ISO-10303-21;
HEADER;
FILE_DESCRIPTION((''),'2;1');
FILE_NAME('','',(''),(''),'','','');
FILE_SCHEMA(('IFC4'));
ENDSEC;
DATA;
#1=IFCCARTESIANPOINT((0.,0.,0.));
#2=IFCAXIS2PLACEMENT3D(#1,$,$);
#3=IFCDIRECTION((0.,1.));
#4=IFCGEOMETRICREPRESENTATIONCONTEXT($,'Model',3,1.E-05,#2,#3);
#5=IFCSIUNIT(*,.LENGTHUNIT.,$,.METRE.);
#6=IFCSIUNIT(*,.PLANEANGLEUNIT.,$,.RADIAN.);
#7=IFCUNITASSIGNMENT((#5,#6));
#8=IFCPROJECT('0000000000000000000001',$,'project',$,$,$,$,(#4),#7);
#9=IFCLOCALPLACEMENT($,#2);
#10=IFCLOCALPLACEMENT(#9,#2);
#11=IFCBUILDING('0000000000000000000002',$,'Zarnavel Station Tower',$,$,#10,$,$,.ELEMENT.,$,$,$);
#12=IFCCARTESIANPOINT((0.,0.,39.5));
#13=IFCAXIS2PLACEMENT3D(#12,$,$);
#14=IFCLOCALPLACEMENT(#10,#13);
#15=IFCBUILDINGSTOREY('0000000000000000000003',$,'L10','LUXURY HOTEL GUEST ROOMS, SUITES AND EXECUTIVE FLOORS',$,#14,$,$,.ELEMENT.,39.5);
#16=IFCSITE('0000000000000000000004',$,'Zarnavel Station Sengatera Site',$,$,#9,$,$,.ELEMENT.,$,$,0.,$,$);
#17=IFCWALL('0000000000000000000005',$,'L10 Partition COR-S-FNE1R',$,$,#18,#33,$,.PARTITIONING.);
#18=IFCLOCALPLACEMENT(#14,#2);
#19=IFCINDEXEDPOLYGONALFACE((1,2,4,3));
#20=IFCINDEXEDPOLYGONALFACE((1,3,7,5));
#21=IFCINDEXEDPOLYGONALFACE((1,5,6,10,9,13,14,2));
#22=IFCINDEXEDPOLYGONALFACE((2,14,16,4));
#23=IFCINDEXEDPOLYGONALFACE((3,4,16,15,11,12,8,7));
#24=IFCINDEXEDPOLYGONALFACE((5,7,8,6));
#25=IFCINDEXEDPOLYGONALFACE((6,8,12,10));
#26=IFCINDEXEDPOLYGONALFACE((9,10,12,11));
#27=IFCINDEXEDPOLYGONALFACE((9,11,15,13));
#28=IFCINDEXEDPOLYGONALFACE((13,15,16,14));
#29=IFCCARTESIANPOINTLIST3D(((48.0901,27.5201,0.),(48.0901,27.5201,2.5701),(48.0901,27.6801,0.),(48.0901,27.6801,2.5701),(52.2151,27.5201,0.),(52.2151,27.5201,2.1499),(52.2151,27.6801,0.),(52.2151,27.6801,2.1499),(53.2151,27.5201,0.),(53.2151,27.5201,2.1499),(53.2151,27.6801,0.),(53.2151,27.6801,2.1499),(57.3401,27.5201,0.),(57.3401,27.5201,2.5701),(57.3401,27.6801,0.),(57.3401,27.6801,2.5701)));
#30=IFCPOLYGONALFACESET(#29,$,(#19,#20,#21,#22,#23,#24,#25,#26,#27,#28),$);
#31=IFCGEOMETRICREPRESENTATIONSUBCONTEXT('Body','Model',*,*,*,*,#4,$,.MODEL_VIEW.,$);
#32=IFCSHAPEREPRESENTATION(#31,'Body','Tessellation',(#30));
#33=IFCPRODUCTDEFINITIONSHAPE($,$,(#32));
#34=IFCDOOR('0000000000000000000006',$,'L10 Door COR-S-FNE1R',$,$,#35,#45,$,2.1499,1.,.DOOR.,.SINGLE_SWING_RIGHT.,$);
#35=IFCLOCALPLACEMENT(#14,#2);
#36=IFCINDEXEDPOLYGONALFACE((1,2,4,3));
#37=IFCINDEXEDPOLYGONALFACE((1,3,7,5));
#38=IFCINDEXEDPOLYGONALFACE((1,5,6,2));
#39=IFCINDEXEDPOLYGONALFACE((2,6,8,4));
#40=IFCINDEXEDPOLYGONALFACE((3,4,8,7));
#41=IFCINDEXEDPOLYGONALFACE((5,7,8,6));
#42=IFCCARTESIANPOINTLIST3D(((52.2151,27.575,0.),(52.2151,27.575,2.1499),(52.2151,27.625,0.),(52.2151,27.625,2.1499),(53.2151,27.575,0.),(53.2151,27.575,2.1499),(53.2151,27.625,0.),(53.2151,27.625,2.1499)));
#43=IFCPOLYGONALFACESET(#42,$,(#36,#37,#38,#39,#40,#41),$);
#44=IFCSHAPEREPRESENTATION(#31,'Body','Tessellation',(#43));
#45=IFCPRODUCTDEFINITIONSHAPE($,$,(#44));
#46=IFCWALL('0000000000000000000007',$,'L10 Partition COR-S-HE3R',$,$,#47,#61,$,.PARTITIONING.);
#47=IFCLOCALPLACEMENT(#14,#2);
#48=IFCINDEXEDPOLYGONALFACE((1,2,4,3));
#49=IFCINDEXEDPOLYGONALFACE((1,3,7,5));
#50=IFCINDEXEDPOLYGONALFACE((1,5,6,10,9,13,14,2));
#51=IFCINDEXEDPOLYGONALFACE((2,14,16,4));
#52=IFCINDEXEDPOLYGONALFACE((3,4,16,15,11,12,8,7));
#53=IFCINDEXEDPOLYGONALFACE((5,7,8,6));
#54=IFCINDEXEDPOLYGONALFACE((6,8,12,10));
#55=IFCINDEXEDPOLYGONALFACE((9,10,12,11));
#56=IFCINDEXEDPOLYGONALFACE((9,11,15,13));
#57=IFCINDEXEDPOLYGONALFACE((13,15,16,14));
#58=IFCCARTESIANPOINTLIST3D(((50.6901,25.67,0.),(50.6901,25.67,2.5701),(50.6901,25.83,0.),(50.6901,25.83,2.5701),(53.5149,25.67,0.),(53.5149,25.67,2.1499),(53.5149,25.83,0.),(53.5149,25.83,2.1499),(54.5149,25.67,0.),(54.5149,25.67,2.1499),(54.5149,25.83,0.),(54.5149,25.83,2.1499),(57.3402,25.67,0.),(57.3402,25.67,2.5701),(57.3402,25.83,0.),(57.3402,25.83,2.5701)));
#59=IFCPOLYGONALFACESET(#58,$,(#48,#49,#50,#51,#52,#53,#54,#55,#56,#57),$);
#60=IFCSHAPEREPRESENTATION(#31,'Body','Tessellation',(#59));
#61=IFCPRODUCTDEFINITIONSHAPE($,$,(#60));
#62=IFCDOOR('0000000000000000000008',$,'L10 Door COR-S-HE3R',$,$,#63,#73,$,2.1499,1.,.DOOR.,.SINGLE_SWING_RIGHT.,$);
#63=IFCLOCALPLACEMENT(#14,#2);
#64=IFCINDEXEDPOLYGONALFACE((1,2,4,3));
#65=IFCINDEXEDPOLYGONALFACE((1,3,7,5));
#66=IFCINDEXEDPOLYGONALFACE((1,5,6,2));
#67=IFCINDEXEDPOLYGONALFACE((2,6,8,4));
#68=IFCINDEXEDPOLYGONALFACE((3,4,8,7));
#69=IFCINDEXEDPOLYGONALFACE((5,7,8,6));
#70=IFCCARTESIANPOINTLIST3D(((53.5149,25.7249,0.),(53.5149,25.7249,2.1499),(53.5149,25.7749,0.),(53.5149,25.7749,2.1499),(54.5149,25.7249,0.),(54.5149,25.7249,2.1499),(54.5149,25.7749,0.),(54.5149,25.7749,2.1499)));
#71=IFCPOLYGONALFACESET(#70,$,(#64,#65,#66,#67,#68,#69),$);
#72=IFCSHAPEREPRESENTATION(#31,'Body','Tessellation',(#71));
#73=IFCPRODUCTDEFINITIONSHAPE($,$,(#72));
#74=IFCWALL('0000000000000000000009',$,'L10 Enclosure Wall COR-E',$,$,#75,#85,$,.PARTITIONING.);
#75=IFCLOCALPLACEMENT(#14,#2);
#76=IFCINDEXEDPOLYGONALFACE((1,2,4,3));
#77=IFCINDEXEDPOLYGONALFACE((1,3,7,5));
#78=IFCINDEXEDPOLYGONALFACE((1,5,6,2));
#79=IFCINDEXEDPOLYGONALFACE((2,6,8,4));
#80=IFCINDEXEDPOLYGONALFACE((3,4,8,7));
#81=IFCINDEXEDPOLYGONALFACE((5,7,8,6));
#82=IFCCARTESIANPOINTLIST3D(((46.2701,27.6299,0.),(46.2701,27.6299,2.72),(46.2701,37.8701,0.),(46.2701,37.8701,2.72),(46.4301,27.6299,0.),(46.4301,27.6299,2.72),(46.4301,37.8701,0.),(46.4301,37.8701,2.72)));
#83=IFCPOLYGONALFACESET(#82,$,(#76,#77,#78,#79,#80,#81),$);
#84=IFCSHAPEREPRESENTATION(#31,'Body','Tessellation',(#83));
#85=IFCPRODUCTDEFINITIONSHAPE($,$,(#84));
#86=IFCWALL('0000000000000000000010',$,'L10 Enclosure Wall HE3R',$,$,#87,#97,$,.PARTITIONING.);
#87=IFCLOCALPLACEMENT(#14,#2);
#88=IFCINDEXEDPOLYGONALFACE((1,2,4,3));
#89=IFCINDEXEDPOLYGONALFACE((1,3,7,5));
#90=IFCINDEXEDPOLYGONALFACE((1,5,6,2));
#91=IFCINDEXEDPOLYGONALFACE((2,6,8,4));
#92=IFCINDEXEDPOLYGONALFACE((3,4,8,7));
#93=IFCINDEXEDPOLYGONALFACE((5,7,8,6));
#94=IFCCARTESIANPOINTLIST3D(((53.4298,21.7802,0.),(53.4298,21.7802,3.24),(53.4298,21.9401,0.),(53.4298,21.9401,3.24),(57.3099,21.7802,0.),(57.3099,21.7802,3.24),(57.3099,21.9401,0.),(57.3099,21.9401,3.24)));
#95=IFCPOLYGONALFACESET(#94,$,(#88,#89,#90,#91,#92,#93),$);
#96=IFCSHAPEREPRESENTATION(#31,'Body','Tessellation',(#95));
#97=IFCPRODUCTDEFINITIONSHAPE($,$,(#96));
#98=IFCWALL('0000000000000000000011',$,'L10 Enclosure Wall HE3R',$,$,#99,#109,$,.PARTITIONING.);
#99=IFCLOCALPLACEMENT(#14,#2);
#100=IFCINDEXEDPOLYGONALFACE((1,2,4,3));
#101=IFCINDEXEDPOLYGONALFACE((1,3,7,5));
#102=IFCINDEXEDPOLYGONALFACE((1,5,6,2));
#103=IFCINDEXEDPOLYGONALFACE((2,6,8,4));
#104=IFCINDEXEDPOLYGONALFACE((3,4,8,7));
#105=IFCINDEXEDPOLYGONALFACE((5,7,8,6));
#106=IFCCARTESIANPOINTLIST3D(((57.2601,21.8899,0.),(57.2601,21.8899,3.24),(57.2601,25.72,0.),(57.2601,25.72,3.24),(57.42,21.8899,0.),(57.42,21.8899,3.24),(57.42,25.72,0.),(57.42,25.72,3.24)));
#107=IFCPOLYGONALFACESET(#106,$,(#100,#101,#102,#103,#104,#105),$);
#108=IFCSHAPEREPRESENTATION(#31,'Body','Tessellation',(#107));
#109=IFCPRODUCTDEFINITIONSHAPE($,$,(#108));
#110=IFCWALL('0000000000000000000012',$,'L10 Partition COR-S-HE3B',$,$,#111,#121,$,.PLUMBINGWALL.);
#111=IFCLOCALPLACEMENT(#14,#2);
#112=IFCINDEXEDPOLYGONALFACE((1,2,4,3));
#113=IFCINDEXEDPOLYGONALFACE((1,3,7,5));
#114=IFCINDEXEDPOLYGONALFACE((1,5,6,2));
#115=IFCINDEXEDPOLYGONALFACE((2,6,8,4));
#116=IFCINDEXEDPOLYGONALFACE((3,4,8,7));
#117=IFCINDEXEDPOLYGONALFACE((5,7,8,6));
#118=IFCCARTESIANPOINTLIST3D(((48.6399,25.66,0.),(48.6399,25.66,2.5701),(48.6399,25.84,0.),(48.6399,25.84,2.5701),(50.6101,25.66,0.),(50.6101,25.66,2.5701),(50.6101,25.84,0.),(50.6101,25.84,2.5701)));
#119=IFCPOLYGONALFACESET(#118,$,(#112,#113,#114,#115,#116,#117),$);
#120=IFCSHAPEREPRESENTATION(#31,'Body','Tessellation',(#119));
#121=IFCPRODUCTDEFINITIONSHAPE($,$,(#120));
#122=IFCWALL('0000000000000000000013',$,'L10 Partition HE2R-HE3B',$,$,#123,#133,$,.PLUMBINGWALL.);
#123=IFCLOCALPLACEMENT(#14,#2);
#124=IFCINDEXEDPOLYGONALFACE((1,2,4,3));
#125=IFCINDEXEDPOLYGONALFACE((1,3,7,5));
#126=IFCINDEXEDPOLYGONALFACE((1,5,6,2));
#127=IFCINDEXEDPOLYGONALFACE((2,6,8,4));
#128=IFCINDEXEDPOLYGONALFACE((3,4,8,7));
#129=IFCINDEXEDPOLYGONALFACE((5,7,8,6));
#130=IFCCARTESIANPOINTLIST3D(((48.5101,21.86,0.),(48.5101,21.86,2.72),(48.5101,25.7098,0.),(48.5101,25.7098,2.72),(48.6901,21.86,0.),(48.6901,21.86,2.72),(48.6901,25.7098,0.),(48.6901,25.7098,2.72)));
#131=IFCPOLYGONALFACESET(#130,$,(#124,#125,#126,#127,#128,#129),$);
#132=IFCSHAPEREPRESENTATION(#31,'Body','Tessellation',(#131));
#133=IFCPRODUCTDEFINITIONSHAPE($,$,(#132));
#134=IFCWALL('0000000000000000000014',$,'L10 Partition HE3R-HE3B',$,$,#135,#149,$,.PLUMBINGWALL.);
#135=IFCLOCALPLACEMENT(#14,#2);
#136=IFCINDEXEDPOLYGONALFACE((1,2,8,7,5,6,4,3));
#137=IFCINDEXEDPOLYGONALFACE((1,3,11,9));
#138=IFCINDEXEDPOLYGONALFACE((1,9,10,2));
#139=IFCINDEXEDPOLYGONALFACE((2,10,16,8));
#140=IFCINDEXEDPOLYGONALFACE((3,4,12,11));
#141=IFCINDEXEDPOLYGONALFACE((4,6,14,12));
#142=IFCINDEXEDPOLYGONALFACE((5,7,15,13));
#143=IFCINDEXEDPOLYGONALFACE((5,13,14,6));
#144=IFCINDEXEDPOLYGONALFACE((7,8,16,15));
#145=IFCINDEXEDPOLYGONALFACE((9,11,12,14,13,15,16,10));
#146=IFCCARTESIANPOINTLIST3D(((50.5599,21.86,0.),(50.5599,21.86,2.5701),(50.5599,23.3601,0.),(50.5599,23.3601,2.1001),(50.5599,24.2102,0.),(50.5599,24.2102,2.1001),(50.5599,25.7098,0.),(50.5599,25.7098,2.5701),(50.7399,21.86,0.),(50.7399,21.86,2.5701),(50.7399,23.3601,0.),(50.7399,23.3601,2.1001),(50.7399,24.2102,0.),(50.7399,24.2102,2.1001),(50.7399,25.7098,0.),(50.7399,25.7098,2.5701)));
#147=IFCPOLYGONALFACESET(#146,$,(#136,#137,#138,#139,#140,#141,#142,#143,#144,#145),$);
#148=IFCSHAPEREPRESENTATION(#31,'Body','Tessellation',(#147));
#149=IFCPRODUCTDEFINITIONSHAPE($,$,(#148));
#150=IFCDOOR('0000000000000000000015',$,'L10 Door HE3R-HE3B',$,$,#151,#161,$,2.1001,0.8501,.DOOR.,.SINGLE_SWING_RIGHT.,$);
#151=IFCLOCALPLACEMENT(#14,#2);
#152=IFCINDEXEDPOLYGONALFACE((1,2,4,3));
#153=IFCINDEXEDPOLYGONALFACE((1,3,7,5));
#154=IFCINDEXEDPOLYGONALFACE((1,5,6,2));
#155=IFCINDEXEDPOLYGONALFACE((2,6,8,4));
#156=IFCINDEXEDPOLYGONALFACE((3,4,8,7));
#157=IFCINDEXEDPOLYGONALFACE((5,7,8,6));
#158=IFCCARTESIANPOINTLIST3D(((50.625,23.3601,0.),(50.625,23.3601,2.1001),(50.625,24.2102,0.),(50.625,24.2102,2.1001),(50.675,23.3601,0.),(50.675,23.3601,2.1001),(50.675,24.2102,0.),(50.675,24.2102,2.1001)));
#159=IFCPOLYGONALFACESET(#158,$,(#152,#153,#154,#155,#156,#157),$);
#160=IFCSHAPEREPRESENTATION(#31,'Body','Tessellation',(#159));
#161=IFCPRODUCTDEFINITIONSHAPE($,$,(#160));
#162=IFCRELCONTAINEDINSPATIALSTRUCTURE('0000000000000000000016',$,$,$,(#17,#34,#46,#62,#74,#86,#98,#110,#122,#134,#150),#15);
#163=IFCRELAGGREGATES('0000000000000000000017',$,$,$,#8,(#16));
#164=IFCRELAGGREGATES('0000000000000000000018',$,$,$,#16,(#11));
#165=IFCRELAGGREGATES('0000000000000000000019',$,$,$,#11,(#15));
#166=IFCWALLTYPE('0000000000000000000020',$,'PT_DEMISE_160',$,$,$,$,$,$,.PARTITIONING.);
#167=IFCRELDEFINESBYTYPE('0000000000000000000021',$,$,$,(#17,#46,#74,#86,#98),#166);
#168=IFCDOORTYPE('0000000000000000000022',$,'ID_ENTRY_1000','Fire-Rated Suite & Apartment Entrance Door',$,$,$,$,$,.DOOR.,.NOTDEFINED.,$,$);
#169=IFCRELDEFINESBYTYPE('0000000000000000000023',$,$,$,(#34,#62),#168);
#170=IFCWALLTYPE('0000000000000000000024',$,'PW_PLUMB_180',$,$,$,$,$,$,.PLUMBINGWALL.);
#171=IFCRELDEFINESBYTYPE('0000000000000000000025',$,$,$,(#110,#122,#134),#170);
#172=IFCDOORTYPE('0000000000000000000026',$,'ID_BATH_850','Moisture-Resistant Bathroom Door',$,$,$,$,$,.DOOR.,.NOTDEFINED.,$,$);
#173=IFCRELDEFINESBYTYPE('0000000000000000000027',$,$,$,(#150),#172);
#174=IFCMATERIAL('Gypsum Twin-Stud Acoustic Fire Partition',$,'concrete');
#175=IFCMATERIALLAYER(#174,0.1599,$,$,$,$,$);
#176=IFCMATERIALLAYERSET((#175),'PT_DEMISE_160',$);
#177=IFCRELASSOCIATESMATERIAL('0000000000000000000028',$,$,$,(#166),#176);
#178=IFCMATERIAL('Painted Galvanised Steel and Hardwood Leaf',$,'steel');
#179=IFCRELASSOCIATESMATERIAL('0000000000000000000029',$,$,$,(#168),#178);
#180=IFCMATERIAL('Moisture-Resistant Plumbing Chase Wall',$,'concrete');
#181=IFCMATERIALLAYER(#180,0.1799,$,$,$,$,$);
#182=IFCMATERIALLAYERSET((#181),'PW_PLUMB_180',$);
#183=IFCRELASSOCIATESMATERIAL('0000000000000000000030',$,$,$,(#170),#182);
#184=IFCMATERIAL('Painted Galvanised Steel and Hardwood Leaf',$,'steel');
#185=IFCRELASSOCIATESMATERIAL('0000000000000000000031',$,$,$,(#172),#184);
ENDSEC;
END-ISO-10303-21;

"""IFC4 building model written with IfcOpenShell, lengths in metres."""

from ifc_helpers import new_model, si_unit, direction, frame, frame_2d, origin, place, context, subcontext, project, spatial, rectangle, extrude, material, layer, layer_set, type_object, element, fill, save


model = new_model("IFC4")

# Units and contexts
model_context = context("Model", 3, precision=1e-05, world=origin(), true_north=direction((0.0, 1.0)))
body_context = subcontext(model_context, "Body", "Model", "MODEL_VIEW")
ifc_project = project(units=[si_unit("LENGTHUNIT", "METRE"), si_unit("PLANEANGLEUNIT", "RADIAN")], contexts=[model_context])

# Site, building, storey
site_placement = place(None, origin())
site = spatial("IfcSite", under=ifc_project, at=site_placement, Name="Zarnavel Station Sengatera Site", CompositionType="ELEMENT", RefElevation=0.0)
building_placement = place(site_placement, origin())
building = spatial("IfcBuilding", under=site, at=building_placement, Name="Zarnavel Station Tower", CompositionType="ELEMENT")
storey_placement = place(building_placement, frame((0.0, 0.0, 39.5)))
storey = spatial("IfcBuildingStorey", under=building, at=storey_placement, Name="L10", Description="LUXURY HOTEL GUEST ROOMS, SUITES AND EXECUTIVE FLOORS", CompositionType="ELEMENT", Elevation=39.5)

# Walls, openings, doors
ifc_material_1 = material(Name="Gypsum Twin-Stud Acoustic Fire Partition", Category="concrete")
ifc_layer_1 = layer(ifc_material_1, 0.1599)
ifc_layer_set_1 = layer_set([ifc_layer_1], Name="PT_DEMISE_160")
wall_type_1 = type_object("IfcWallType", Name="PT_DEMISE_160", PredefinedType="PARTITIONING", material=ifc_layer_set_1)
wall_1_placement = place(storey_placement, frame((48.0901, 27.6001, 0.0), z_axis=(0.0, 0.0, 1.0), x_axis=(1.0, 0.0, 0.0)))
wall_1 = element("IfcWall", 1, at=wall_1_placement, inside=storey, type_object=wall_type_1, Name="L10 Partition COR-S-FNE1R", PredefinedType="PARTITIONING", context=body_context, shape_type="SweptSolid", body=[
    extrude(rectangle(XDim=9.25, YDim=0.1599, at=frame_2d((4.625, 0.0))), origin(), (0.0, 0.0, 1.0), 2.5701),
])
opening_1_placement = place(wall_1_placement, frame((4.125, 0.0, 0.0)))
opening_1 = element("IfcOpeningElement", 2, at=opening_1_placement, cuts=wall_1, PredefinedType="OPENING", context=body_context, shape_type="SweptSolid", body=[
    extrude(rectangle(XDim=1.0, YDim=2.1499, at=frame_2d((0.5, 1.075))), frame((0.0, 0.0898, 0.0), z_axis=(0.0, -1.0, 0.0), x_axis=(1.0, 0.0, 0.0)), (0.0, 0.0, 1.0), 0.1799),
])
ifc_material_2 = material(Name="Painted Galvanised Steel and Hardwood Leaf", Category="steel")
door_type_1 = type_object("IfcDoorType", Name="ID_ENTRY_1000", Description="Fire-Rated Suite & Apartment Entrance Door", OperationType="NOTDEFINED", PredefinedType="DOOR", material=ifc_material_2)
door_1_placement = place(opening_1_placement, origin())
door_1 = element("IfcDoor", 3, at=door_1_placement, inside=storey, type_object=door_type_1, Name="L10 Door COR-S-FNE1R", OperationType="SINGLE_SWING_RIGHT", OverallHeight=2.1499, OverallWidth=1.0, PredefinedType="DOOR", context=body_context, shape_type="SweptSolid", body=[
    extrude(rectangle(XDim=1.0, YDim=2.1499, at=frame_2d((0.5, 1.075))), frame((0.0, 0.0249, 0.0), z_axis=(0.0, -1.0, 0.0), x_axis=(1.0, 0.0, 0.0)), (0.0, 0.0, 1.0), 0.05),
])
fill(opening_1, door_1)
wall_2_placement = place(storey_placement, frame((50.6899, 25.75, 0.0), z_axis=(0.0, 0.0, 1.0), x_axis=(1.0, 0.0, 0.0)))
wall_2 = element("IfcWall", 4, at=wall_2_placement, inside=storey, type_object=wall_type_1, Name="L10 Partition COR-S-HE3R", PredefinedType="PARTITIONING", context=body_context, shape_type="SweptSolid", body=[
    extrude(rectangle(XDim=6.6501, YDim=0.1599, at=frame_2d((3.3252, 0.0))), origin(), (0.0, 0.0, 1.0), 2.5701),
])
opening_2_placement = place(wall_2_placement, frame((2.825, 0.0, 0.0)))
opening_2 = element("IfcOpeningElement", 5, at=opening_2_placement, cuts=wall_2, PredefinedType="OPENING", context=body_context, shape_type="SweptSolid", body=[
    extrude(rectangle(XDim=1.0, YDim=2.1499, at=frame_2d((0.5, 1.075))), frame((0.0, 0.0898, 0.0), z_axis=(0.0, -1.0, 0.0), x_axis=(1.0, 0.0, 0.0)), (0.0, 0.0, 1.0), 0.1799),
])
door_2_placement = place(opening_2_placement, origin())
door_2 = element("IfcDoor", 6, at=door_2_placement, inside=storey, type_object=door_type_1, Name="L10 Door COR-S-HE3R", OperationType="SINGLE_SWING_RIGHT", OverallHeight=2.1499, OverallWidth=1.0, PredefinedType="DOOR", context=body_context, shape_type="SweptSolid", body=[
    extrude(rectangle(XDim=1.0, YDim=2.1499, at=frame_2d((0.5, 1.075))), frame((0.0, 0.0249, 0.0), z_axis=(0.0, -1.0, 0.0), x_axis=(1.0, 0.0, 0.0)), (0.0, 0.0, 1.0), 0.05),
])
fill(opening_2, door_2)

# Walls
wall_3_placement = place(storey_placement, frame((46.3501, 27.6299, 0.0), z_axis=(0.0, 0.0, 1.0), x_axis=(0.0, 1.0, 0.0)))
element("IfcWall", 7, at=wall_3_placement, inside=storey, type_object=wall_type_1, Name="L10 Enclosure Wall COR-E", PredefinedType="PARTITIONING", context=body_context, shape_type="SweptSolid", body=[
    extrude(rectangle(XDim=10.2402, YDim=0.1599, at=frame_2d((5.1201, 0.0))), origin(), (0.0, 0.0, 1.0), 2.72),
])
wall_4_placement = place(storey_placement, frame((53.4299, 21.8601, 0.0), z_axis=(0.0, 0.0, 1.0), x_axis=(1.0, 0.0, 0.0)))
element("IfcWall", 8, at=wall_4_placement, inside=storey, type_object=wall_type_1, Name="L10 Enclosure Wall HE3R", PredefinedType="PARTITIONING", context=body_context, shape_type="SweptSolid", body=[
    extrude(rectangle(XDim=3.8801, YDim=0.1599, at=frame_2d((1.9399, 0.0))), origin(), (0.0, 0.0, 1.0), 3.24),
])
wall_5_placement = place(storey_placement, frame((57.3401, 21.8899, 0.0), z_axis=(0.0, 0.0, 1.0), x_axis=(0.0, 1.0, 0.0)))
element("IfcWall", 9, at=wall_5_placement, inside=storey, type_object=wall_type_1, Name="L10 Enclosure Wall HE3R", PredefinedType="PARTITIONING", context=body_context, shape_type="SweptSolid", body=[
    extrude(rectangle(XDim=3.8301, YDim=0.1599, at=frame_2d((1.915, 0.0))), origin(), (0.0, 0.0, 1.0), 3.24),
])
ifc_material_3 = material(Name="Moisture-Resistant Plumbing Chase Wall", Category="concrete")
ifc_layer_2 = layer(ifc_material_3, 0.1799)
ifc_layer_set_2 = layer_set([ifc_layer_2], Name="PW_PLUMB_180")
wall_type_2 = type_object("IfcWallType", Name="PW_PLUMB_180", PredefinedType="PLUMBINGWALL", material=ifc_layer_set_2)
wall_6_placement = place(storey_placement, frame((48.6399, 25.75, 0.0), z_axis=(0.0, 0.0, 1.0), x_axis=(1.0, 0.0, 0.0)))
element("IfcWall", 10, at=wall_6_placement, inside=storey, type_object=wall_type_2, Name="L10 Partition COR-S-HE3B", PredefinedType="PLUMBINGWALL", context=body_context, shape_type="SweptSolid", body=[
    extrude(rectangle(XDim=1.9702, YDim=0.1799, at=frame_2d((0.9851, 0.0))), origin(), (0.0, 0.0, 1.0), 2.5701),
])
wall_7_placement = place(storey_placement, frame((48.6001, 21.8601, 0.0), z_axis=(0.0, 0.0, 1.0), x_axis=(0.0, 1.0, 0.0)))
element("IfcWall", 11, at=wall_7_placement, inside=storey, type_object=wall_type_2, Name="L10 Partition HE2R-HE3B", PredefinedType="PLUMBINGWALL", context=body_context, shape_type="SweptSolid", body=[
    extrude(rectangle(XDim=3.8499, YDim=0.1799, at=frame_2d((1.9248, 0.0))), origin(), (0.0, 0.0, 1.0), 2.72),
])

# Wall, opening, door
wall_8_placement = place(storey_placement, frame((50.6499, 21.8601, 0.0), z_axis=(0.0, 0.0, 1.0), x_axis=(0.0, 1.0, 0.0)))
wall_8 = element("IfcWall", 12, at=wall_8_placement, inside=storey, type_object=wall_type_2, Name="L10 Partition HE3R-HE3B", PredefinedType="PLUMBINGWALL", context=body_context, shape_type="SweptSolid", body=[
    extrude(rectangle(XDim=3.8499, YDim=0.1799, at=frame_2d((1.9248, 0.0))), origin(), (0.0, 0.0, 1.0), 2.5701),
])
opening_3_placement = place(wall_8_placement, frame((1.5, 0.0, 0.0)))
opening_3 = element("IfcOpeningElement", 13, at=opening_3_placement, cuts=wall_8, PredefinedType="OPENING", context=body_context, shape_type="SweptSolid", body=[
    extrude(rectangle(XDim=0.8501, YDim=2.1001, at=frame_2d((0.425, 1.05))), frame((0.0, 0.0999, 0.0), z_axis=(0.0, -1.0, 0.0), x_axis=(1.0, 0.0, 0.0)), (0.0, 0.0, 1.0), 0.2),
])
ifc_material_4 = material(Name="Painted Galvanised Steel and Hardwood Leaf", Category="steel")
door_type_2 = type_object("IfcDoorType", Name="ID_BATH_850", Description="Moisture-Resistant Bathroom Door", OperationType="NOTDEFINED", PredefinedType="DOOR", material=ifc_material_4)
door_3_placement = place(opening_3_placement, origin())
door_3 = element("IfcDoor", 14, at=door_3_placement, inside=storey, type_object=door_type_2, Name="L10 Door HE3R-HE3B", OperationType="SINGLE_SWING_RIGHT", OverallHeight=2.1001, OverallWidth=0.8501, PredefinedType="DOOR", context=body_context, shape_type="SweptSolid", body=[
    extrude(rectangle(XDim=0.8501, YDim=2.1001, at=frame_2d((0.425, 1.05))), frame((0.0, 0.0249, 0.0), z_axis=(0.0, -1.0, 0.0), x_axis=(1.0, 0.0, 0.0)), (0.0, 0.0, 1.0), 0.05),
])
fill(opening_3, door_3)

save(model, "model.ifc")
